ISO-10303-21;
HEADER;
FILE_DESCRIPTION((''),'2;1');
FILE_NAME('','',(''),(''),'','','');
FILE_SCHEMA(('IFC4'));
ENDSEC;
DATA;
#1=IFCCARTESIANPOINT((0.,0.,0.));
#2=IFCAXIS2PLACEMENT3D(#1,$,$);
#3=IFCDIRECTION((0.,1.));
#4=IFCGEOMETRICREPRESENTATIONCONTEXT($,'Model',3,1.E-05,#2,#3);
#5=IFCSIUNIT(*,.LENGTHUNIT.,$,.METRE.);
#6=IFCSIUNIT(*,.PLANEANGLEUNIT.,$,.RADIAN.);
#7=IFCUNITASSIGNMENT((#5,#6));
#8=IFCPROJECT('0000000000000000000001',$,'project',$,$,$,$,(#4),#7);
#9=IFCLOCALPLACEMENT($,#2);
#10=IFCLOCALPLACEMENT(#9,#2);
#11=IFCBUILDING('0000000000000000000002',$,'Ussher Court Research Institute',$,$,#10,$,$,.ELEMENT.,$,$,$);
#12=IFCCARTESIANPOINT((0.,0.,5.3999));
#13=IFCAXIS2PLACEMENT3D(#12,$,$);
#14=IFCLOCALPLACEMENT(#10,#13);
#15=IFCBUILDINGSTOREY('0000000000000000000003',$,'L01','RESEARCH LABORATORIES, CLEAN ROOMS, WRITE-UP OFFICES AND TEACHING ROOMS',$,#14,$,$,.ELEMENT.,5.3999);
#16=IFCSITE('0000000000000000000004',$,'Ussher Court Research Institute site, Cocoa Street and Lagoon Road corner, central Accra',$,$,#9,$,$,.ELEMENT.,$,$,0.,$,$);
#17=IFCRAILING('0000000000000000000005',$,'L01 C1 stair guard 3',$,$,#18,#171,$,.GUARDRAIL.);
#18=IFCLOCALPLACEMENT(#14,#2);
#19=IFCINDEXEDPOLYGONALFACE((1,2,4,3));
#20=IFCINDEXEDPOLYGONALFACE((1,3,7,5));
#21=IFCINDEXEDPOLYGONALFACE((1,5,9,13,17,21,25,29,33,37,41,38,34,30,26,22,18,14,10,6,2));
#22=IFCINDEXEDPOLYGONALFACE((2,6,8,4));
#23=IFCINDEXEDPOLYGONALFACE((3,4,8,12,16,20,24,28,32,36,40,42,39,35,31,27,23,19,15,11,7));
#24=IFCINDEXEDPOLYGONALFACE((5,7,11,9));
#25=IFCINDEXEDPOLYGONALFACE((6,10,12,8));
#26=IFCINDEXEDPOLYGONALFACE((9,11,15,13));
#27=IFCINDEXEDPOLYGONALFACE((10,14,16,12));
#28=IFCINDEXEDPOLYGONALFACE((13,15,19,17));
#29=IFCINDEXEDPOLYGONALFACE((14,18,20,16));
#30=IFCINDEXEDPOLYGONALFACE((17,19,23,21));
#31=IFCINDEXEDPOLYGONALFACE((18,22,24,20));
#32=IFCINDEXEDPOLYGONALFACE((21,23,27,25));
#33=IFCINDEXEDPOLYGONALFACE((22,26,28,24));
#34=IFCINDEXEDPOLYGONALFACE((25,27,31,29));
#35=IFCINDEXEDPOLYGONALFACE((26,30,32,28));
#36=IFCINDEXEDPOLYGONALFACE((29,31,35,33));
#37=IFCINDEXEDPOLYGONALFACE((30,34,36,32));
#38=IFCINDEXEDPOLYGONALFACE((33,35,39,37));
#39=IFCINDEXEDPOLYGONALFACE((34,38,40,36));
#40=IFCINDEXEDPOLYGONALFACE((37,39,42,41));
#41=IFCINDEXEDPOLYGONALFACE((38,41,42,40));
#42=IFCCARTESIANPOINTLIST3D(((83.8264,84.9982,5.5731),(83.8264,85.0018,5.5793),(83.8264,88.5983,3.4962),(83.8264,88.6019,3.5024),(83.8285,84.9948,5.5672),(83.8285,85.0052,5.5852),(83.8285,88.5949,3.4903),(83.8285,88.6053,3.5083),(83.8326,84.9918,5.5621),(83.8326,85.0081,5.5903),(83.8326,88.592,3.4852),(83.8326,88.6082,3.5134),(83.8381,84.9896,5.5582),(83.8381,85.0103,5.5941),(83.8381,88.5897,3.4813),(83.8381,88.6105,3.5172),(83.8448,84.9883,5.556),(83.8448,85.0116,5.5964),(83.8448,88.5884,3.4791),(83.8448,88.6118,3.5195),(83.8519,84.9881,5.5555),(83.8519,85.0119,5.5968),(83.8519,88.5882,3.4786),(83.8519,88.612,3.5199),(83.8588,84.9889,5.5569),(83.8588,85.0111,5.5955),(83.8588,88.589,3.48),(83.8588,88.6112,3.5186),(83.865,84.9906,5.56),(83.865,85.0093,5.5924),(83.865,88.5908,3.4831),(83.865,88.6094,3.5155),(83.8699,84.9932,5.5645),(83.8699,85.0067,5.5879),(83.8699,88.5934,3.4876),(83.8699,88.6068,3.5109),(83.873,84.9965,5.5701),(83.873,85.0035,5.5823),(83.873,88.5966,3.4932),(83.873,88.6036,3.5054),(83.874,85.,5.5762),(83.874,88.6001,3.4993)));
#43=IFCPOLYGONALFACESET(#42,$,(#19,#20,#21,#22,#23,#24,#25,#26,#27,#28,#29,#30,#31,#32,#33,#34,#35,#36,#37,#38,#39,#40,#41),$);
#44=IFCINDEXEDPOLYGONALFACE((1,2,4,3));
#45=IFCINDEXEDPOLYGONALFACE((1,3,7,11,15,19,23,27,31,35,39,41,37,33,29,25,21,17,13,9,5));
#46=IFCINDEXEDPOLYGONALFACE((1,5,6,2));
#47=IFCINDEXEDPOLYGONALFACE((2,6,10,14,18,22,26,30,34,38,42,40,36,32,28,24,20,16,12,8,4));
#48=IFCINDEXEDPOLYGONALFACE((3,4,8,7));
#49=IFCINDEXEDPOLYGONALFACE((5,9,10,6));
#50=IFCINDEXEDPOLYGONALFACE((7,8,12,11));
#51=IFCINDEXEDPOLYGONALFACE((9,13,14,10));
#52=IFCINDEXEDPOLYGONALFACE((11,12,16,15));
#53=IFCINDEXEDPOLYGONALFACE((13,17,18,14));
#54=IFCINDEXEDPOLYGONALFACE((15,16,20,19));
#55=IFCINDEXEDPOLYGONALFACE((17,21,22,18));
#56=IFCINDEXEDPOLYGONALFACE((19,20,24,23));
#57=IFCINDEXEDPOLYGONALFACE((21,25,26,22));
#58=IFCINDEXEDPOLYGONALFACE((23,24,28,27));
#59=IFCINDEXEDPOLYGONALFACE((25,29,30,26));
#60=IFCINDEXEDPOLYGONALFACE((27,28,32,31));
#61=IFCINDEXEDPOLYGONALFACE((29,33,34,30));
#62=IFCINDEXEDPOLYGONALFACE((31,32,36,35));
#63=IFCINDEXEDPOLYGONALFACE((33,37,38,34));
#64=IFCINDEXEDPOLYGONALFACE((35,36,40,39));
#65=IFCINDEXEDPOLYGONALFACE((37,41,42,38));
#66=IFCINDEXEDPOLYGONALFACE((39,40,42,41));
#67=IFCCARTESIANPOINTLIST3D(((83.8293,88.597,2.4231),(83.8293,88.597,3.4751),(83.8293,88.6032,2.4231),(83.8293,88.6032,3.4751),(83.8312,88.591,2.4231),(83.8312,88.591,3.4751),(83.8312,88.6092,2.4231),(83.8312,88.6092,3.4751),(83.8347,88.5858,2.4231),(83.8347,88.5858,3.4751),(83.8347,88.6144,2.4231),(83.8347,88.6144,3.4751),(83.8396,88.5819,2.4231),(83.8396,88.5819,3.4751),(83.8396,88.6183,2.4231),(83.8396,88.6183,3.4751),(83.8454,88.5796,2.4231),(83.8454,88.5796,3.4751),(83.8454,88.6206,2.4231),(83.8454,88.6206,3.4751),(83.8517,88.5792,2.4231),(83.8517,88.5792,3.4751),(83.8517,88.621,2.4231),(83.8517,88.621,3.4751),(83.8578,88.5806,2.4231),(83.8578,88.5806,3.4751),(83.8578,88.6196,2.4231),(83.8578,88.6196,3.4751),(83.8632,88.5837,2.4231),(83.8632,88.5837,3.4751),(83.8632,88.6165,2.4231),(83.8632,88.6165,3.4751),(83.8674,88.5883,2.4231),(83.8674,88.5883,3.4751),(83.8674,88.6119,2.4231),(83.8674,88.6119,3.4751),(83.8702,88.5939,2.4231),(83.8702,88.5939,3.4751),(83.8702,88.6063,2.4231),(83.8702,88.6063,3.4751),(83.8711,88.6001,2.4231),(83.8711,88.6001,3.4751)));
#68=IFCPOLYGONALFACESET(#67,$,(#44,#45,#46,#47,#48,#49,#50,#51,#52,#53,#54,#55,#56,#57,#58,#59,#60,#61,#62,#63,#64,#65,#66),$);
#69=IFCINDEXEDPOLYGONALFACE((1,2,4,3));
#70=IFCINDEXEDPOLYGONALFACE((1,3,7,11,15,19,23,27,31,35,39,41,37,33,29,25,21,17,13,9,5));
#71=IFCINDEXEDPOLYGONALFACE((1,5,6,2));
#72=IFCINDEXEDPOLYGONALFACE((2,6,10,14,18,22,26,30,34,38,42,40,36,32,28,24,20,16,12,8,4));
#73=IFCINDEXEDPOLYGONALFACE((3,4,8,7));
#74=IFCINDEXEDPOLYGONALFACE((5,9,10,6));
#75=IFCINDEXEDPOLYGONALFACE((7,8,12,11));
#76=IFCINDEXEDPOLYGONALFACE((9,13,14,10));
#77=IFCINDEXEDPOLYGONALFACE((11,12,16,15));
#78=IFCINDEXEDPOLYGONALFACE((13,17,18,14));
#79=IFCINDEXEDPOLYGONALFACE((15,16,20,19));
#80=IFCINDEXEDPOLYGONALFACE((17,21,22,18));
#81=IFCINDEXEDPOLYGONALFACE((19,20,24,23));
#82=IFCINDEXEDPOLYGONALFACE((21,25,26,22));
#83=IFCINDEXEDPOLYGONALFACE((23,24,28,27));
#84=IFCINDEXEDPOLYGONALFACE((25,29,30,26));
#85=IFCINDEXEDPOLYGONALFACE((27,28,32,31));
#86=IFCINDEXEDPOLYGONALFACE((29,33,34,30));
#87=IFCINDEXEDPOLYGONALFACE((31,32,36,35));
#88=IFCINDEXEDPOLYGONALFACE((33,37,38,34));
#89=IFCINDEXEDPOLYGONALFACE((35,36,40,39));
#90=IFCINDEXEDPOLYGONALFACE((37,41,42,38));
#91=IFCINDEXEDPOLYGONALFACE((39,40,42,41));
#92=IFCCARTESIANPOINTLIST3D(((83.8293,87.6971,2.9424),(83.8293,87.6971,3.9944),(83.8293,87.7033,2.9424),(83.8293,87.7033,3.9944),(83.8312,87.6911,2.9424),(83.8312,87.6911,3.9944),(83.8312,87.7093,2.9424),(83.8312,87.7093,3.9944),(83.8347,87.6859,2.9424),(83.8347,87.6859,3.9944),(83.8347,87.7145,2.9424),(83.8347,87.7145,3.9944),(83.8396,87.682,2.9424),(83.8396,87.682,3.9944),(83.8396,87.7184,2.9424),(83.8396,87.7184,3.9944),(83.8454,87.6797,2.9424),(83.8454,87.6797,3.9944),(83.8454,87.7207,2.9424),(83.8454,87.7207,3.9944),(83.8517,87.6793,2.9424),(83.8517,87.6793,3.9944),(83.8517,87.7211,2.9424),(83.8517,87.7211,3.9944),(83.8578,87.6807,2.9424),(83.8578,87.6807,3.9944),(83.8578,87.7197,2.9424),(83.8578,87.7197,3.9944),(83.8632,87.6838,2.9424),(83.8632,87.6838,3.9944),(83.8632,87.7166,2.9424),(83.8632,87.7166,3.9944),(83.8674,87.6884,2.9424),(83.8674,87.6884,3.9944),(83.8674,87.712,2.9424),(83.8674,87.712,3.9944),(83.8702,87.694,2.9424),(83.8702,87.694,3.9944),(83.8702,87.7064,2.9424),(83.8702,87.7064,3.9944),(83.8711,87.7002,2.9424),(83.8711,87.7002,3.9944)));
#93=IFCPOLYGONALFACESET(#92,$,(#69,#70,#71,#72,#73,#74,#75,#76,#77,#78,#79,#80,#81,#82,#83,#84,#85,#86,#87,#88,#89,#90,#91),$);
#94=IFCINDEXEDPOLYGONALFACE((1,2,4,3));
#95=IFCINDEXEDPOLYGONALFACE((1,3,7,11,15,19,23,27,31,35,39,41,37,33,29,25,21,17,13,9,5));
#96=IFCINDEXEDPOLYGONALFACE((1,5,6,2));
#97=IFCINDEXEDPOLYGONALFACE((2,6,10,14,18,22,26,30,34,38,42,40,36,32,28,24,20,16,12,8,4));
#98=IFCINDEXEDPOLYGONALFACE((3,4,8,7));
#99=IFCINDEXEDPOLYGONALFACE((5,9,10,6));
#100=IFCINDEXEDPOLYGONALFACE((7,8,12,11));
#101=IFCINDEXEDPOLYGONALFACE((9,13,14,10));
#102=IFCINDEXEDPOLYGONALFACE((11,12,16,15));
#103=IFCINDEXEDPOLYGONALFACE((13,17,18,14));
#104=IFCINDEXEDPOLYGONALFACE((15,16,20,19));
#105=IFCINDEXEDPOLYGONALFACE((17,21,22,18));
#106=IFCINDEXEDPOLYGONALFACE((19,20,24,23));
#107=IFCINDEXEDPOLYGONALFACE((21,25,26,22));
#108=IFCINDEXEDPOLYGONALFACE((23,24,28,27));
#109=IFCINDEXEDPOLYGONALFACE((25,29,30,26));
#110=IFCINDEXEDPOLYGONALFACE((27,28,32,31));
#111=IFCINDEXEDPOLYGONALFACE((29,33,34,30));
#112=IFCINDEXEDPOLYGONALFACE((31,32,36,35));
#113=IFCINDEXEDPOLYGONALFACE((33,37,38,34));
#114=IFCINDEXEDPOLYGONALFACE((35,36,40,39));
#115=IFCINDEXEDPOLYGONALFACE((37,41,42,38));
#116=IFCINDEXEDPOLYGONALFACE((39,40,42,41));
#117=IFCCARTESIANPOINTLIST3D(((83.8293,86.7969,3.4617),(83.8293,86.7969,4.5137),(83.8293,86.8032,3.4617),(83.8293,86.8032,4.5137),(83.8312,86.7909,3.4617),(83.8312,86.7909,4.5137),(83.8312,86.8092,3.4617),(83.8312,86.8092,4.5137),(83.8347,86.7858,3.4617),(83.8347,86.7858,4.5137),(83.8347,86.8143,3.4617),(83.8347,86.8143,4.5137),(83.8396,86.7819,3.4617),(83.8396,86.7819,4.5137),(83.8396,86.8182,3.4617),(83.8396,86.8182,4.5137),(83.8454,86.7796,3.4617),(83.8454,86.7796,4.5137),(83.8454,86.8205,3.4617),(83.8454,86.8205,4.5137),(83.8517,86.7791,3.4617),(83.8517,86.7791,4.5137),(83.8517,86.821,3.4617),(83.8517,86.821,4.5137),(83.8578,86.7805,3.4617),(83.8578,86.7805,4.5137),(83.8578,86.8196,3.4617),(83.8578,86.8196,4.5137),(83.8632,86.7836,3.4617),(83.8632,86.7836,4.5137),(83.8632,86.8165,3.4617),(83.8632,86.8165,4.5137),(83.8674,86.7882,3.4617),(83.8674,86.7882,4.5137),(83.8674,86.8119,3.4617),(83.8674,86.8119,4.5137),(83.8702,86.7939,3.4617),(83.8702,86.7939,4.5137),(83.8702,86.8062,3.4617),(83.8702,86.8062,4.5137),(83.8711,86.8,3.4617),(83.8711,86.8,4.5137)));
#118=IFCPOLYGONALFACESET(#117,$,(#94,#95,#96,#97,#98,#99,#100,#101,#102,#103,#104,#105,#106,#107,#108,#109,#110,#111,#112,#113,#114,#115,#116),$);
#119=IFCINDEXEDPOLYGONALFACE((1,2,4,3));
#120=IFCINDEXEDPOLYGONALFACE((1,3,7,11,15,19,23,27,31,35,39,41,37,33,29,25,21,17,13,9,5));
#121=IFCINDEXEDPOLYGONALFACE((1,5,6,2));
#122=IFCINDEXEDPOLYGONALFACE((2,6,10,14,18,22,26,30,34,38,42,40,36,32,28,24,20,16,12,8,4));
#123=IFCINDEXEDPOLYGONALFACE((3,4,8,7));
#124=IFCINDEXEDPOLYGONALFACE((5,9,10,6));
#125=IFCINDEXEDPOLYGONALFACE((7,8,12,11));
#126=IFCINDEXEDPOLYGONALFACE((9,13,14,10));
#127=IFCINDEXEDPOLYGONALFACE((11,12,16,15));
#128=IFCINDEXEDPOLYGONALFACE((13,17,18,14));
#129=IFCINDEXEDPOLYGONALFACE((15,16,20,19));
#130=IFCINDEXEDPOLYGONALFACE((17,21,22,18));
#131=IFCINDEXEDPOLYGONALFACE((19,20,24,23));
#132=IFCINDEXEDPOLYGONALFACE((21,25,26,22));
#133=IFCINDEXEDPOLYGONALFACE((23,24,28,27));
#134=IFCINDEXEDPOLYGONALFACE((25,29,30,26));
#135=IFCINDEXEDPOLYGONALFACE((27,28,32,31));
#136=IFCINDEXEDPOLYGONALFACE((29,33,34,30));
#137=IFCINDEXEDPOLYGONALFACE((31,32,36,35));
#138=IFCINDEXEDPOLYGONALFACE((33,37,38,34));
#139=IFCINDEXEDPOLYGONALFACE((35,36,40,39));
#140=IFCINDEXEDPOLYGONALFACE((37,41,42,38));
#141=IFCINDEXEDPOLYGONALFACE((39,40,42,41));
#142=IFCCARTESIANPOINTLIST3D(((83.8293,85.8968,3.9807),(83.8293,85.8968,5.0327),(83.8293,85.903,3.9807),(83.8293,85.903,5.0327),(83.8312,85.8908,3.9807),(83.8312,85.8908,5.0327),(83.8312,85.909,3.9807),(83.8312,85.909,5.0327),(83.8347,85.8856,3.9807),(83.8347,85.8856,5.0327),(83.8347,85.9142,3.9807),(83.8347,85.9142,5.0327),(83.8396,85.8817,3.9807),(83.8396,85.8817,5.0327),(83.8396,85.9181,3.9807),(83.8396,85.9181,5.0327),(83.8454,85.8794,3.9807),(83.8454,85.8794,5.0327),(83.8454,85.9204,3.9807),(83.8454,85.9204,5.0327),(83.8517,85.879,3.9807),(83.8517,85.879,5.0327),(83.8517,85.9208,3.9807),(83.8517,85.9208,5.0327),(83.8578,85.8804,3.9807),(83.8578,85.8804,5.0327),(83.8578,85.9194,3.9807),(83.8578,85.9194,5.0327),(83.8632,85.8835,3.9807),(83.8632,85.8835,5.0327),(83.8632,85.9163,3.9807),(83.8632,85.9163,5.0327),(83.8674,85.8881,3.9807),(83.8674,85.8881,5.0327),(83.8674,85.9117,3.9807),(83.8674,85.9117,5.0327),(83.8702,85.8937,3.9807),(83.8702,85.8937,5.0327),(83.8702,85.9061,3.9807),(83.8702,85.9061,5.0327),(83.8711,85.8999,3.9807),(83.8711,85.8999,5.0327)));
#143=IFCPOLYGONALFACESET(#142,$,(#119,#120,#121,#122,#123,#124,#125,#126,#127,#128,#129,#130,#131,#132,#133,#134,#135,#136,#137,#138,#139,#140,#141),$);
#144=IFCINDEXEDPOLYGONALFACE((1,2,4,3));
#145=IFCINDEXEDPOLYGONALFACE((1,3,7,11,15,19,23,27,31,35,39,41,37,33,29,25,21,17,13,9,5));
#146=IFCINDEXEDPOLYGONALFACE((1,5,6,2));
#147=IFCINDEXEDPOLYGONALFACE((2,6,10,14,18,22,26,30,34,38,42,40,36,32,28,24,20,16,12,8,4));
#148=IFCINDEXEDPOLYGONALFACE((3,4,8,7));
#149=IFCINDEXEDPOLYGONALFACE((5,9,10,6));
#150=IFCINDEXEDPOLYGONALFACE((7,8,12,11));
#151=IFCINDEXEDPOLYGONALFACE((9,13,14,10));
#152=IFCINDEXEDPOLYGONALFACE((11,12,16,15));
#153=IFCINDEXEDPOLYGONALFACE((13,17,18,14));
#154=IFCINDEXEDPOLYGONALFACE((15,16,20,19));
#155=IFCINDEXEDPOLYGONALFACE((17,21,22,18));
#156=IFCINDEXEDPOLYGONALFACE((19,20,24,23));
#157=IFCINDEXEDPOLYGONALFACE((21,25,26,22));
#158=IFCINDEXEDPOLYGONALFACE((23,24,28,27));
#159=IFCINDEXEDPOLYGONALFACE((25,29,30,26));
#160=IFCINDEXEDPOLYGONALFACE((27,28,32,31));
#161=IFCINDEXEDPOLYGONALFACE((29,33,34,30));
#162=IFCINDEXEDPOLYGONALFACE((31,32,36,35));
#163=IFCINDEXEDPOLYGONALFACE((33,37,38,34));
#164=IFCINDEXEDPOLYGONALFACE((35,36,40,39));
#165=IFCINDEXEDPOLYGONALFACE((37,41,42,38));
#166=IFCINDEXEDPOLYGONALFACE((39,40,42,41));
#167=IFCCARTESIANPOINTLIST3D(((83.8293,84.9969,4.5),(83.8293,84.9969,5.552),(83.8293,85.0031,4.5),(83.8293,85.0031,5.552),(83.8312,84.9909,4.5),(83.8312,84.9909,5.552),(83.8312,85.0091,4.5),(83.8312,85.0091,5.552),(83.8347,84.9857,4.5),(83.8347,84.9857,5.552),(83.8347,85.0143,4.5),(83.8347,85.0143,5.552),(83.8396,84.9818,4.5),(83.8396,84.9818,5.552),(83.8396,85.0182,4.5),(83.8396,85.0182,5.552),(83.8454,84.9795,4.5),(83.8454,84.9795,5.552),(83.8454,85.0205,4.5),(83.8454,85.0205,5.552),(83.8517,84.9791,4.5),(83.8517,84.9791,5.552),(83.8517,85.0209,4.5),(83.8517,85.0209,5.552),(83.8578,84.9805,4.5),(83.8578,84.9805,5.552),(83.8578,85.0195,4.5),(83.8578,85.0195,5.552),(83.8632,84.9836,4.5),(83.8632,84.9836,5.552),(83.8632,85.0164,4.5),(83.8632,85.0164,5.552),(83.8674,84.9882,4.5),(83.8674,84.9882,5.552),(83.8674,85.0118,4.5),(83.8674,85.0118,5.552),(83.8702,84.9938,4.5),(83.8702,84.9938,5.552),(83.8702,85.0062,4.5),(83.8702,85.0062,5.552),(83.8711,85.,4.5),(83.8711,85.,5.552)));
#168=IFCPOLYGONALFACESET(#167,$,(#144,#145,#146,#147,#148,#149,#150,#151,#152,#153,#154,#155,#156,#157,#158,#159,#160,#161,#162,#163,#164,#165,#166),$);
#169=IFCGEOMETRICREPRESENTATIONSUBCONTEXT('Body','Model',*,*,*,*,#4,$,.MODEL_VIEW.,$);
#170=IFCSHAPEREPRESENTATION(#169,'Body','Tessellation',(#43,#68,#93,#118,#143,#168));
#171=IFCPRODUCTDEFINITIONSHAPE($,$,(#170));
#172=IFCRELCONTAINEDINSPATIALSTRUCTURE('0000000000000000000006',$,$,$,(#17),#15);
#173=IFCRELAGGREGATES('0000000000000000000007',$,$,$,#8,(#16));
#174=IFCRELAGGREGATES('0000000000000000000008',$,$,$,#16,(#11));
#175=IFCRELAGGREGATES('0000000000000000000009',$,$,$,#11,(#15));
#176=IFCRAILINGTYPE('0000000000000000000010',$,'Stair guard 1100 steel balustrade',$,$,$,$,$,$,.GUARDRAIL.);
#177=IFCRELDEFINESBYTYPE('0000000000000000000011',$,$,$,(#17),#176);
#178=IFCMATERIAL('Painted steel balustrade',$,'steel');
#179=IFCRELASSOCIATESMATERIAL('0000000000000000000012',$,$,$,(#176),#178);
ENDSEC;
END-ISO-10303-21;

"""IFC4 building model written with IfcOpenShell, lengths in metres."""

from ifc_helpers import new_model, si_unit, direction, frame, origin, origin_2d, place, context, subcontext, project, spatial, circle, extrude, material, type_object, element, save


model = new_model("IFC4")

# Units and contexts
model_context = context("Model", 3, precision=1e-05, world=origin(), true_north=direction((0.0, 1.0)))
body_context = subcontext(model_context, "Body", "Model", "MODEL_VIEW")
ifc_project = project(units=[si_unit("LENGTHUNIT", "METRE"), si_unit("PLANEANGLEUNIT", "RADIAN")], contexts=[model_context])

# Site, building, storey
site_placement = place(None, origin())
site = spatial("IfcSite", under=ifc_project, at=site_placement, Name="Ussher Court Research Institute site, Cocoa Street and Lagoon Road corner, central Accra", CompositionType="ELEMENT", RefElevation=0.0)
building_placement = place(site_placement, origin())
building = spatial("IfcBuilding", under=site, at=building_placement, Name="Ussher Court Research Institute", CompositionType="ELEMENT")
storey_placement = place(building_placement, frame((0.0, 0.0, 5.3999)))
storey = spatial("IfcBuildingStorey", under=building, at=storey_placement, Name="L01", Description="RESEARCH LABORATORIES, CLEAN ROOMS, WRITE-UP OFFICES AND TEACHING ROOMS", CompositionType="ELEMENT", Elevation=5.3999)

# Railing
ifc_material_1 = material(Name="Painted steel balustrade", Category="steel")
railing_type_1 = type_object("IfcRailingType", Name="Stair guard 1100 steel balustrade", PredefinedType="GUARDRAIL", material=ifc_material_1)
railing_1_placement = place(storey_placement, frame((83.8501, 88.6001, 2.4231)))
element("IfcRailing", 1, at=railing_1_placement, inside=storey, type_object=railing_type_1, Name="L01 C1 stair guard 3", PredefinedType="GUARDRAIL", context=body_context, shape_type="SweptSolid", body=[
    extrude(circle(Radius=0.0239, at=origin_2d()), frame((0.0, 0.0, 1.0762), z_axis=(0.0, -0.866193, 0.499709), x_axis=(1.0, 0.0, 0.0)), (0.0, 0.0, 1.0), 4.1562),
    extrude(circle(Radius=0.021, at=origin_2d()), origin(), (0.0, 0.0, 1.0), 1.052),
    extrude(circle(Radius=0.021, at=origin_2d()), frame((0.0, -0.8999, 0.5193)), (0.0, 0.0, 1.0), 1.052),
    extrude(circle(Radius=0.021, at=origin_2d()), frame((0.0, -1.8, 1.0386)), (0.0, 0.0, 1.0), 1.052),
    extrude(circle(Radius=0.021, at=origin_2d()), frame((0.0, -2.7002, 1.5576)), (0.0, 0.0, 1.0), 1.052),
    extrude(circle(Radius=0.021, at=origin_2d()), frame((0.0, -3.6001, 2.0769)), (0.0, 0.0, 1.0), 1.052),
])

save(model, "model.ifc")
